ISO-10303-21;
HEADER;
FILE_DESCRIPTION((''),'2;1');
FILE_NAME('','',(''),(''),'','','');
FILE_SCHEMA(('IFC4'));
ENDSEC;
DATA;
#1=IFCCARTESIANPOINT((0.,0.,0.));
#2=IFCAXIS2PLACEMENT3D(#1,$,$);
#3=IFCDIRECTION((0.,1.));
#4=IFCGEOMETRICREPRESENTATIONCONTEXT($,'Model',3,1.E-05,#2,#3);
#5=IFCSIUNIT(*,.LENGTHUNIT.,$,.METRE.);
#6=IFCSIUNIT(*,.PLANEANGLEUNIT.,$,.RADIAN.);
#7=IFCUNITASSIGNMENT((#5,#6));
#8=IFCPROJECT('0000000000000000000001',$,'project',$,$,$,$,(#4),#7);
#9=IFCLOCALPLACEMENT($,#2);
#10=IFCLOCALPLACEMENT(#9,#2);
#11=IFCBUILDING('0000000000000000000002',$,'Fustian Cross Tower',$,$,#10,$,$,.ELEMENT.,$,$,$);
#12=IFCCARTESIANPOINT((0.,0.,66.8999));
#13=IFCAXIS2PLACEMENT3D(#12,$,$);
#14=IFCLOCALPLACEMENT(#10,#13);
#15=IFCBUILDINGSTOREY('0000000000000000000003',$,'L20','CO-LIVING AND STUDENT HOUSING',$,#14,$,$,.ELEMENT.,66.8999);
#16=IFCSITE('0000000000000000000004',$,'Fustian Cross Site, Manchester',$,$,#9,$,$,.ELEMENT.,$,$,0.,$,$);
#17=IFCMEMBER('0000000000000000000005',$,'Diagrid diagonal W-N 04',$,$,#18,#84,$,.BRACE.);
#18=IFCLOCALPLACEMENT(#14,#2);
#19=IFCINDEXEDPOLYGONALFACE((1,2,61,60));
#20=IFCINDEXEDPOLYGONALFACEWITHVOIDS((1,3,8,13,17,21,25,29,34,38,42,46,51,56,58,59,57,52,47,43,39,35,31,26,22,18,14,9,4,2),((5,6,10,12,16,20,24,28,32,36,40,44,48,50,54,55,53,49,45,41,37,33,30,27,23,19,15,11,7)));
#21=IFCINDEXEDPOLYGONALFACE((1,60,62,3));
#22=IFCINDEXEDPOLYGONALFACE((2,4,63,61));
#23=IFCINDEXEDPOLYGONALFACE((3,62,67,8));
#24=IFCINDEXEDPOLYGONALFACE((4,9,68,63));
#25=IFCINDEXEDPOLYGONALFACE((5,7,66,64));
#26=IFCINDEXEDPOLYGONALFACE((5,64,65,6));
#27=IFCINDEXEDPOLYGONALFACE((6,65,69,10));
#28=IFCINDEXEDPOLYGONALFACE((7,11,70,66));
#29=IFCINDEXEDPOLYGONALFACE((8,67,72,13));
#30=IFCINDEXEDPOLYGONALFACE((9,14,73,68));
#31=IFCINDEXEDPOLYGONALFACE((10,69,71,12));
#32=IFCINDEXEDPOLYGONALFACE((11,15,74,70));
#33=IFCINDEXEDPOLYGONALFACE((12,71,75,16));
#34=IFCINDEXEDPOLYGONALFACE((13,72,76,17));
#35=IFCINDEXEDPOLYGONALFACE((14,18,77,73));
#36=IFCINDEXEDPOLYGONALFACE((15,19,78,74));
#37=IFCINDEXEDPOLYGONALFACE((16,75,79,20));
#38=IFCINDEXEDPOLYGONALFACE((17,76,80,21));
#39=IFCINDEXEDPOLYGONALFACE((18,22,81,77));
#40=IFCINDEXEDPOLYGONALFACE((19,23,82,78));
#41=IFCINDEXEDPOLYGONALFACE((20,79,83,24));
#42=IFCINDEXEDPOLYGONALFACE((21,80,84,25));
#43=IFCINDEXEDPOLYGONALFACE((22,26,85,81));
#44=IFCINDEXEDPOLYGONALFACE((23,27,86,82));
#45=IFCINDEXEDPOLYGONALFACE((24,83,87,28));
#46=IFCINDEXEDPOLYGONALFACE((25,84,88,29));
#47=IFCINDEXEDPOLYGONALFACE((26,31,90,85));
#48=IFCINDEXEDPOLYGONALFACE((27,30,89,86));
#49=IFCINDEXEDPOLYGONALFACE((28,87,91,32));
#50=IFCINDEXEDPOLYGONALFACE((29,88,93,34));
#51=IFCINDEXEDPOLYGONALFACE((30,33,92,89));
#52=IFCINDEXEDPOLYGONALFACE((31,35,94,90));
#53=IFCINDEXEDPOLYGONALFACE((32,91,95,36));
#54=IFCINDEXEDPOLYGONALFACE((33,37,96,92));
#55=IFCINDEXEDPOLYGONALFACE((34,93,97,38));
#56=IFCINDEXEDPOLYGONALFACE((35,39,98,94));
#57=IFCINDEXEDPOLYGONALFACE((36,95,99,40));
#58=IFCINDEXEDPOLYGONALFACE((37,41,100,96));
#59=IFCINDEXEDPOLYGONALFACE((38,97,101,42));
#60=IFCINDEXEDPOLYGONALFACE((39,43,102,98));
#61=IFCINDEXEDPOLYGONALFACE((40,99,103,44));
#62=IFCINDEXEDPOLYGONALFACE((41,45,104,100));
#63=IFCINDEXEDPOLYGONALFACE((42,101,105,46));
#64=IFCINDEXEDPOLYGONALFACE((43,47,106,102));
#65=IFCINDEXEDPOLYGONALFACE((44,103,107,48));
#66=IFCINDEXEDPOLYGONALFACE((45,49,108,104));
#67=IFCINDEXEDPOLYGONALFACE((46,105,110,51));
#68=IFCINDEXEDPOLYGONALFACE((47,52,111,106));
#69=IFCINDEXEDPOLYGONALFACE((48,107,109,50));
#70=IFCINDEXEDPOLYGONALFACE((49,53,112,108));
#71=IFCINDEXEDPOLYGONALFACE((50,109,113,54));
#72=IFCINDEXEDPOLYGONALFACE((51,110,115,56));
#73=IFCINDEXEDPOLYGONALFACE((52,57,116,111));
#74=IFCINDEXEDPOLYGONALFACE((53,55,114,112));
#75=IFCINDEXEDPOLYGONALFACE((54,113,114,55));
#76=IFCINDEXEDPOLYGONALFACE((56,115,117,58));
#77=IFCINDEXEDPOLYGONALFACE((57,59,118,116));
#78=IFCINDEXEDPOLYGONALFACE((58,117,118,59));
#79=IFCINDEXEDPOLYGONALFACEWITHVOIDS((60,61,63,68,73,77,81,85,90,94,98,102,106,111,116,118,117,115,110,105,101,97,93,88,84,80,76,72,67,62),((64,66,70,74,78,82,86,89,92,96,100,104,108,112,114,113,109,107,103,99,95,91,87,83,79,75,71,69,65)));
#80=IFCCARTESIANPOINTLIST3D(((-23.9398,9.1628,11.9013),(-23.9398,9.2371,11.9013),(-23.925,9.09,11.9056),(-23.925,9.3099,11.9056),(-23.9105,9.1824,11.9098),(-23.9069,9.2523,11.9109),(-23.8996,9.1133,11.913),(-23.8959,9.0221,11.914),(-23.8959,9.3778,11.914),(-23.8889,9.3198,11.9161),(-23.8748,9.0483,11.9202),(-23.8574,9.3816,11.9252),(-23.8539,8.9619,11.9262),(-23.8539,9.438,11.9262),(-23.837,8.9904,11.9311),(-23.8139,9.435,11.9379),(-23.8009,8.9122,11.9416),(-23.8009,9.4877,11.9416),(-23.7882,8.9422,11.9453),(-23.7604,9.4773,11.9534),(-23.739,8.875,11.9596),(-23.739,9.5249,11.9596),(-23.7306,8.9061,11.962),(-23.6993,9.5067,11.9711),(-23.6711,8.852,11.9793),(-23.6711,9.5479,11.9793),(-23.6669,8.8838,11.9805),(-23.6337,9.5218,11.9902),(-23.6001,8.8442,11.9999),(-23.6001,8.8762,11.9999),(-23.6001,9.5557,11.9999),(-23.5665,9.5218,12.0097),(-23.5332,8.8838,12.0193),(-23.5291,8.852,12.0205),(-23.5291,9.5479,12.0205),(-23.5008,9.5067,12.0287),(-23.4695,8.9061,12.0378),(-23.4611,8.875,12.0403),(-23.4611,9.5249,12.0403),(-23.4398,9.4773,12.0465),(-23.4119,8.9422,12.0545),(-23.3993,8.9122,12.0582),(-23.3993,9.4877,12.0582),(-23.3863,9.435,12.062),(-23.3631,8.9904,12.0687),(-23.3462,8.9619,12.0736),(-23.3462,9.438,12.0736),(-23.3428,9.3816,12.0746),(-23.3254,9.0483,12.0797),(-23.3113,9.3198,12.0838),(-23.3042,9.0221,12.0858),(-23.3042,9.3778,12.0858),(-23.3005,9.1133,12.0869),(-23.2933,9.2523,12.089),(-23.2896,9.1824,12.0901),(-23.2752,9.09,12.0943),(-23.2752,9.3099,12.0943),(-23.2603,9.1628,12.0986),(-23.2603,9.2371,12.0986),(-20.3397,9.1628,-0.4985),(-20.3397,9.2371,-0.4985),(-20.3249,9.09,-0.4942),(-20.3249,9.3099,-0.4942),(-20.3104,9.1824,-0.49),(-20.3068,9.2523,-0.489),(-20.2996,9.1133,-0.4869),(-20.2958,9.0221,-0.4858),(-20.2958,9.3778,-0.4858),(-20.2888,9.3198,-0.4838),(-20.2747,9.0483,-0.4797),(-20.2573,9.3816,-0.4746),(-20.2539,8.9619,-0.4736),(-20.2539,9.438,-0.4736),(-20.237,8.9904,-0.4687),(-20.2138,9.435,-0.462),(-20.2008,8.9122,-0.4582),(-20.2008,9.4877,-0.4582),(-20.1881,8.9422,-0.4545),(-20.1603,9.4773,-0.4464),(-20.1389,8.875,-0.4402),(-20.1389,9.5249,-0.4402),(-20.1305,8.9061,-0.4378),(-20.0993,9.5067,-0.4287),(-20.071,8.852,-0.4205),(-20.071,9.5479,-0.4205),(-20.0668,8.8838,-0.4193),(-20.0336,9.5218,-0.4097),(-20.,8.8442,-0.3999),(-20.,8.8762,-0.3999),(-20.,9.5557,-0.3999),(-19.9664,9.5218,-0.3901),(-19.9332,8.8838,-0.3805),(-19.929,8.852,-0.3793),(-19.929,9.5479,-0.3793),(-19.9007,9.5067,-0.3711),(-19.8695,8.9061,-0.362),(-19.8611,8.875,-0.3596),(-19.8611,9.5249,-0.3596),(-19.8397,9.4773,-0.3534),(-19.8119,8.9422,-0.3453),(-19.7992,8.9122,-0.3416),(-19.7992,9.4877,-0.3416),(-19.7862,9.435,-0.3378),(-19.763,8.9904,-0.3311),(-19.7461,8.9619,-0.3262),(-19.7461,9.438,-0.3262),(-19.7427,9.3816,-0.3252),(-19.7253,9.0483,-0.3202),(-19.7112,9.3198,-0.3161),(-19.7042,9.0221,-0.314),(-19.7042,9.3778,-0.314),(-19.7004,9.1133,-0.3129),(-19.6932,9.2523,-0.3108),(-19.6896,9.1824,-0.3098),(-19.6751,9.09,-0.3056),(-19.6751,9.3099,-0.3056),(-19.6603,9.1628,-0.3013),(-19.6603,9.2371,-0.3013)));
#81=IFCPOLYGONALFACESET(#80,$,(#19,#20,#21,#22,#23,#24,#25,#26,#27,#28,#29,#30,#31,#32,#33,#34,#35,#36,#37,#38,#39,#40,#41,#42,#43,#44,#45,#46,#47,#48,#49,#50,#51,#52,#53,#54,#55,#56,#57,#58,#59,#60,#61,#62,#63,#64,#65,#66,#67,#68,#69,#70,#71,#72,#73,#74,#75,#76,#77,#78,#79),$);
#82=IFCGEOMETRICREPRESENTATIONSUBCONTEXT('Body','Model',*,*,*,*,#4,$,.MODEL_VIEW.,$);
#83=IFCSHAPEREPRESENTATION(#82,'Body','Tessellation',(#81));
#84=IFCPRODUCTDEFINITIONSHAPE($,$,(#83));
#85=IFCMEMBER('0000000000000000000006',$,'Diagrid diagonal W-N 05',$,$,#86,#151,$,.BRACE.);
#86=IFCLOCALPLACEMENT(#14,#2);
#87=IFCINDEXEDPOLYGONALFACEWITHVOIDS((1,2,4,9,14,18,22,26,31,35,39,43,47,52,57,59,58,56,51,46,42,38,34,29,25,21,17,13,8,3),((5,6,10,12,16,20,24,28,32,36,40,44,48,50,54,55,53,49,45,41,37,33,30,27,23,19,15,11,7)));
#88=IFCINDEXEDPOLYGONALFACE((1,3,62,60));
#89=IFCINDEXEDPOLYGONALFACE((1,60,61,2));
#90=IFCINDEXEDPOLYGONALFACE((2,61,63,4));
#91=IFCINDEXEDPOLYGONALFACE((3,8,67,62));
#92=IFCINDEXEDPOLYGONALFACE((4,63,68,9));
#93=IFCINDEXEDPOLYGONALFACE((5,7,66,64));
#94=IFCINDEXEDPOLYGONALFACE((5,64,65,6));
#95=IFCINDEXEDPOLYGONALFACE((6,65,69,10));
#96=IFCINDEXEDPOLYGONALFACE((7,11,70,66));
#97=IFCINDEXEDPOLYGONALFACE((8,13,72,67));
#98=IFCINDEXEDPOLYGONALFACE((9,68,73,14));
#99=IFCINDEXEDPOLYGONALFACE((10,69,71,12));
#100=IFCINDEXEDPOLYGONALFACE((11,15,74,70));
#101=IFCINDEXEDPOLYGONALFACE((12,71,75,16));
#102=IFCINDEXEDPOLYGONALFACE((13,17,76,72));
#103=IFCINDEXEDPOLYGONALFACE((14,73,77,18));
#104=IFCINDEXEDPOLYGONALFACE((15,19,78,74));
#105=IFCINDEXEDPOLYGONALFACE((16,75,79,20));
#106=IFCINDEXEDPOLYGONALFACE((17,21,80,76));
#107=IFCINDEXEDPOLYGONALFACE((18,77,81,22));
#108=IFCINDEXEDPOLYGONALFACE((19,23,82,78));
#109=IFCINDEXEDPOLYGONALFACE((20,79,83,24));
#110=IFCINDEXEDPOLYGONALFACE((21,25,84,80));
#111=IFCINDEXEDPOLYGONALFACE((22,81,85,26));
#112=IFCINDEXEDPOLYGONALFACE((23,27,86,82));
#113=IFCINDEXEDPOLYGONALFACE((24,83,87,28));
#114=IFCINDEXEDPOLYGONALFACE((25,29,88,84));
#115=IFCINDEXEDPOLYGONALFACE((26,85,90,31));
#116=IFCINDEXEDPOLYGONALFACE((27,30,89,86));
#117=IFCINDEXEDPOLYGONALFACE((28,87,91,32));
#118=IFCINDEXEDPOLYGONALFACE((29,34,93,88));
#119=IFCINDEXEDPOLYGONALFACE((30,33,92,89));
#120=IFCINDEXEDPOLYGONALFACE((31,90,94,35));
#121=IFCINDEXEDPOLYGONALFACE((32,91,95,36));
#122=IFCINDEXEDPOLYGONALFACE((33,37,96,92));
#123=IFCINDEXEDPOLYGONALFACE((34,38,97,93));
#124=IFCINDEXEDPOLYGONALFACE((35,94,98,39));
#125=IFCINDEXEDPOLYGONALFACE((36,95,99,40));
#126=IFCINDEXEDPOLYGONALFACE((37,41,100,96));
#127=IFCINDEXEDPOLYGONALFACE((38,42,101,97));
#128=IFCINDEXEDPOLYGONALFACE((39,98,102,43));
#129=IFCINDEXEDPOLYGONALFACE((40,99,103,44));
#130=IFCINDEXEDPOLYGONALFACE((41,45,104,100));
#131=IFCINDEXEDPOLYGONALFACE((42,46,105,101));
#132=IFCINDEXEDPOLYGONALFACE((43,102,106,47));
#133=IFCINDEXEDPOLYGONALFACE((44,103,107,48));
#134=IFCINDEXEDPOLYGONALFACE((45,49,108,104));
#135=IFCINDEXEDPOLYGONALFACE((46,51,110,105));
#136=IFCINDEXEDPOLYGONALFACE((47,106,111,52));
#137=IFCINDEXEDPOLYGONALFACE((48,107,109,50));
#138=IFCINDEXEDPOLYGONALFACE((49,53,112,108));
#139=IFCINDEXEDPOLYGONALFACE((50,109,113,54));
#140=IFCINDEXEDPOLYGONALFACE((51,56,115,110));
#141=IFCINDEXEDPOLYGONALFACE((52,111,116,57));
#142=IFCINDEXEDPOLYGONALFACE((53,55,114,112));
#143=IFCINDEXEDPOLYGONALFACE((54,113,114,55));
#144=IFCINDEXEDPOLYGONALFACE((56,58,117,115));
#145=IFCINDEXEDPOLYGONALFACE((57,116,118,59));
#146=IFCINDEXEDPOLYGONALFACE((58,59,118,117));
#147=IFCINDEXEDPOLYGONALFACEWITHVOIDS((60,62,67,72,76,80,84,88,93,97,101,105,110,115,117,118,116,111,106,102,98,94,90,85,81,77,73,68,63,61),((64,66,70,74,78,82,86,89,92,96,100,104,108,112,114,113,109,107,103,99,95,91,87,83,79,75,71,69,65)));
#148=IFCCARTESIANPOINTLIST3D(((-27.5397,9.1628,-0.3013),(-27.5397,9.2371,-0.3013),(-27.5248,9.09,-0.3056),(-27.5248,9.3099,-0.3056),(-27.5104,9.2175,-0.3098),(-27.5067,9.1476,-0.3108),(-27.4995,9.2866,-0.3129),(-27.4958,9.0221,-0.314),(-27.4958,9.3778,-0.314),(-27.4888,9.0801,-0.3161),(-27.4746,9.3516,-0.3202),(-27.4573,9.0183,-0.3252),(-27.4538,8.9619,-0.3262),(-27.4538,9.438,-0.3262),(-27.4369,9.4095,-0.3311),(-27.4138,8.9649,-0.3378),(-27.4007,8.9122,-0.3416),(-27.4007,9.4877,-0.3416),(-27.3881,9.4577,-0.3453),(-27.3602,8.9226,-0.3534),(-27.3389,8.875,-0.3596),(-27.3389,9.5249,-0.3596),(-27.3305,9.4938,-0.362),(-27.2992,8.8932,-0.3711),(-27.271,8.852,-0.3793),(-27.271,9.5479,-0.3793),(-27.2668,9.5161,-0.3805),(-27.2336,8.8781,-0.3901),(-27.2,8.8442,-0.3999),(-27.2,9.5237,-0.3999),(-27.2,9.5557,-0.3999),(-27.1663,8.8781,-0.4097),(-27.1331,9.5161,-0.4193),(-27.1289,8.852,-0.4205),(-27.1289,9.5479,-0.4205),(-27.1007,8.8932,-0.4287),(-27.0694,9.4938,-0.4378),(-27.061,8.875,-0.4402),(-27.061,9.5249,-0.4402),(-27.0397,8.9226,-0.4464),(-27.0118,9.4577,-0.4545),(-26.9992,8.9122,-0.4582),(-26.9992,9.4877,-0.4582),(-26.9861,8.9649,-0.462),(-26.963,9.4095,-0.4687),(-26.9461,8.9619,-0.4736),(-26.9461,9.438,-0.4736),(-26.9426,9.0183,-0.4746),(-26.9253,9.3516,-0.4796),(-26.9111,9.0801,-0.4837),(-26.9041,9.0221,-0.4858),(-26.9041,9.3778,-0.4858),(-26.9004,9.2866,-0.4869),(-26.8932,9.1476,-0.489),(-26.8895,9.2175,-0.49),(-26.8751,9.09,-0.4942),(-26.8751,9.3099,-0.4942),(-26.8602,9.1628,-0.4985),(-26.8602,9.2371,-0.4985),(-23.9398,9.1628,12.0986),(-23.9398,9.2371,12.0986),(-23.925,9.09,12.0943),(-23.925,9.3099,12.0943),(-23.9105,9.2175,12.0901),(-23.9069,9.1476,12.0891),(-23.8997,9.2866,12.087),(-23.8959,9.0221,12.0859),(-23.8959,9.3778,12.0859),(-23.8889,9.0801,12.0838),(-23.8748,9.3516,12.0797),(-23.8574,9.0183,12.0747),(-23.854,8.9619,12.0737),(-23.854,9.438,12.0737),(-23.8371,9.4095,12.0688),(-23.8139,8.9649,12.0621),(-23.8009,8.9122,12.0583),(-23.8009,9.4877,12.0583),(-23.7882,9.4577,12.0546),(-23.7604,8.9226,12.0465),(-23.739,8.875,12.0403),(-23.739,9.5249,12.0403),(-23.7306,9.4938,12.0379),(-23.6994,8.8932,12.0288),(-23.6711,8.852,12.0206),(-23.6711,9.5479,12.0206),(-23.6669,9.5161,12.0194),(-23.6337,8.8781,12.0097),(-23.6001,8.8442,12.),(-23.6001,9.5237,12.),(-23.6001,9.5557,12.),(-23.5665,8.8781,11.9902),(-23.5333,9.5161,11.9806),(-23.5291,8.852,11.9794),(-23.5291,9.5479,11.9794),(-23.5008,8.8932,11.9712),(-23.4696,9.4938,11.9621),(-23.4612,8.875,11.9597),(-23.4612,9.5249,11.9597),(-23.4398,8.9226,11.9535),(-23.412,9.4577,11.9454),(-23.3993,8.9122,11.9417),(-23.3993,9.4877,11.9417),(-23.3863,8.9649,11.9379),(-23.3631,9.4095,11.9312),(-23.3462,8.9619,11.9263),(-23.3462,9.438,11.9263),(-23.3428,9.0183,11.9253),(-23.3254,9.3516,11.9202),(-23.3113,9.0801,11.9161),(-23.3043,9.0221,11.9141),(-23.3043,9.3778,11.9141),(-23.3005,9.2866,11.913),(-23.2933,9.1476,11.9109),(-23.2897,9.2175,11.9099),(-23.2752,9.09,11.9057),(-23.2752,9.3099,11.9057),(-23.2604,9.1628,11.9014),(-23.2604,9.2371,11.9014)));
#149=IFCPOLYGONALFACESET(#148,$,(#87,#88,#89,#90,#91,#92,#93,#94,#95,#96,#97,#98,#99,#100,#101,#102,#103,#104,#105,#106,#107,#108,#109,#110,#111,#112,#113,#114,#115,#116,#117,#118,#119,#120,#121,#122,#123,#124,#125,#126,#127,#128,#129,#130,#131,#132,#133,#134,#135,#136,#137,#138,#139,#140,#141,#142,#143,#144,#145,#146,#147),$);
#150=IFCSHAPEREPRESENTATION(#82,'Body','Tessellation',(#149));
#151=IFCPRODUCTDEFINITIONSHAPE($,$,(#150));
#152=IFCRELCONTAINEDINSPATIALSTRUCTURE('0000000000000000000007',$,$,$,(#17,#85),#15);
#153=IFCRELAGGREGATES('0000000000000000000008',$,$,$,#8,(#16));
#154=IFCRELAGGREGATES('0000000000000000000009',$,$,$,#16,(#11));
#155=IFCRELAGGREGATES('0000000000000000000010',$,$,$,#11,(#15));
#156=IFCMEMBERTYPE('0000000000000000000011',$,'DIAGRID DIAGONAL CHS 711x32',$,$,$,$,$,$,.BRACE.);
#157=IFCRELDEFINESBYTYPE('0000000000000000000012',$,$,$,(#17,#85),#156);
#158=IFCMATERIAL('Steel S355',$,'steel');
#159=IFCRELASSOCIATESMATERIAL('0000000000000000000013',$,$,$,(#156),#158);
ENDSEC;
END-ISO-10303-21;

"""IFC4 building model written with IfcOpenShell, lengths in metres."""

from ifc_helpers import new_model, si_unit, direction, frame, origin, origin_2d, place, context, subcontext, project, spatial, hollow_circle, extrude, material, material_profile, profile_set, type_object, element, save


model = new_model("IFC4")

# Units and contexts
model_context = context("Model", 3, precision=1e-05, world=origin(), true_north=direction((0.0, 1.0)))
body_context = subcontext(model_context, "Body", "Model", "MODEL_VIEW")
ifc_project = project(units=[si_unit("LENGTHUNIT", "METRE"), si_unit("PLANEANGLEUNIT", "RADIAN")], contexts=[model_context])

# Site, building, storey
site_placement = place(None, origin())
site = spatial("IfcSite", under=ifc_project, at=site_placement, Name="Fustian Cross Site, Manchester", CompositionType="ELEMENT", RefElevation=0.0)
building_placement = place(site_placement, origin())
building = spatial("IfcBuilding", under=site, at=building_placement, Name="Fustian Cross Tower", CompositionType="ELEMENT")
storey_placement = place(building_placement, frame((0.0, 0.0, 66.8999)))
storey = spatial("IfcBuildingStorey", under=building, at=storey_placement, Name="L20", Description="CO-LIVING AND STUDENT HOUSING", CompositionType="ELEMENT", Elevation=66.8999)

# Members
ifc_material_1 = material(Name="Steel S355", Category="steel")
ifc_material_profile_1 = material_profile(ifc_material_1, hollow_circle(Radius=0.3557, WallThickness=0.032, at=origin_2d()), Name="CHS 711x32")
ifc_profile_set_1 = profile_set([ifc_material_profile_1], Name="Steel S355")
member_type_1 = type_object("IfcMemberType", Name="DIAGRID DIAGONAL CHS 711x32", PredefinedType="BRACE", material=ifc_profile_set_1)
for number, where, z_axis, x_axis, name in (
    (1, (-20.0, 9.2, -0.3999), (-0.278819, 0.0, 0.960344), (0.0, -1.0, 0.0), "Diagrid diagonal W-N 04"),
    (2, (-27.2, 9.2, -0.3999), (0.278802, 0.0, 0.960349), (0.0, 1.0, 0.0), "Diagrid diagonal W-N 05"),
):
    element("IfcMember", number, at=place(storey_placement, frame(where, z_axis=z_axis, x_axis=x_axis)), inside=storey, type_object=member_type_1, Name=name, PredefinedType="BRACE", context=body_context, shape_type="SweptSolid", body=[
        extrude(hollow_circle(Radius=0.3557, WallThickness=0.032, at=origin_2d()), origin(), (0.0, 0.0, 1.0), 12.9119),
    ])

save(model, "model.ifc")
